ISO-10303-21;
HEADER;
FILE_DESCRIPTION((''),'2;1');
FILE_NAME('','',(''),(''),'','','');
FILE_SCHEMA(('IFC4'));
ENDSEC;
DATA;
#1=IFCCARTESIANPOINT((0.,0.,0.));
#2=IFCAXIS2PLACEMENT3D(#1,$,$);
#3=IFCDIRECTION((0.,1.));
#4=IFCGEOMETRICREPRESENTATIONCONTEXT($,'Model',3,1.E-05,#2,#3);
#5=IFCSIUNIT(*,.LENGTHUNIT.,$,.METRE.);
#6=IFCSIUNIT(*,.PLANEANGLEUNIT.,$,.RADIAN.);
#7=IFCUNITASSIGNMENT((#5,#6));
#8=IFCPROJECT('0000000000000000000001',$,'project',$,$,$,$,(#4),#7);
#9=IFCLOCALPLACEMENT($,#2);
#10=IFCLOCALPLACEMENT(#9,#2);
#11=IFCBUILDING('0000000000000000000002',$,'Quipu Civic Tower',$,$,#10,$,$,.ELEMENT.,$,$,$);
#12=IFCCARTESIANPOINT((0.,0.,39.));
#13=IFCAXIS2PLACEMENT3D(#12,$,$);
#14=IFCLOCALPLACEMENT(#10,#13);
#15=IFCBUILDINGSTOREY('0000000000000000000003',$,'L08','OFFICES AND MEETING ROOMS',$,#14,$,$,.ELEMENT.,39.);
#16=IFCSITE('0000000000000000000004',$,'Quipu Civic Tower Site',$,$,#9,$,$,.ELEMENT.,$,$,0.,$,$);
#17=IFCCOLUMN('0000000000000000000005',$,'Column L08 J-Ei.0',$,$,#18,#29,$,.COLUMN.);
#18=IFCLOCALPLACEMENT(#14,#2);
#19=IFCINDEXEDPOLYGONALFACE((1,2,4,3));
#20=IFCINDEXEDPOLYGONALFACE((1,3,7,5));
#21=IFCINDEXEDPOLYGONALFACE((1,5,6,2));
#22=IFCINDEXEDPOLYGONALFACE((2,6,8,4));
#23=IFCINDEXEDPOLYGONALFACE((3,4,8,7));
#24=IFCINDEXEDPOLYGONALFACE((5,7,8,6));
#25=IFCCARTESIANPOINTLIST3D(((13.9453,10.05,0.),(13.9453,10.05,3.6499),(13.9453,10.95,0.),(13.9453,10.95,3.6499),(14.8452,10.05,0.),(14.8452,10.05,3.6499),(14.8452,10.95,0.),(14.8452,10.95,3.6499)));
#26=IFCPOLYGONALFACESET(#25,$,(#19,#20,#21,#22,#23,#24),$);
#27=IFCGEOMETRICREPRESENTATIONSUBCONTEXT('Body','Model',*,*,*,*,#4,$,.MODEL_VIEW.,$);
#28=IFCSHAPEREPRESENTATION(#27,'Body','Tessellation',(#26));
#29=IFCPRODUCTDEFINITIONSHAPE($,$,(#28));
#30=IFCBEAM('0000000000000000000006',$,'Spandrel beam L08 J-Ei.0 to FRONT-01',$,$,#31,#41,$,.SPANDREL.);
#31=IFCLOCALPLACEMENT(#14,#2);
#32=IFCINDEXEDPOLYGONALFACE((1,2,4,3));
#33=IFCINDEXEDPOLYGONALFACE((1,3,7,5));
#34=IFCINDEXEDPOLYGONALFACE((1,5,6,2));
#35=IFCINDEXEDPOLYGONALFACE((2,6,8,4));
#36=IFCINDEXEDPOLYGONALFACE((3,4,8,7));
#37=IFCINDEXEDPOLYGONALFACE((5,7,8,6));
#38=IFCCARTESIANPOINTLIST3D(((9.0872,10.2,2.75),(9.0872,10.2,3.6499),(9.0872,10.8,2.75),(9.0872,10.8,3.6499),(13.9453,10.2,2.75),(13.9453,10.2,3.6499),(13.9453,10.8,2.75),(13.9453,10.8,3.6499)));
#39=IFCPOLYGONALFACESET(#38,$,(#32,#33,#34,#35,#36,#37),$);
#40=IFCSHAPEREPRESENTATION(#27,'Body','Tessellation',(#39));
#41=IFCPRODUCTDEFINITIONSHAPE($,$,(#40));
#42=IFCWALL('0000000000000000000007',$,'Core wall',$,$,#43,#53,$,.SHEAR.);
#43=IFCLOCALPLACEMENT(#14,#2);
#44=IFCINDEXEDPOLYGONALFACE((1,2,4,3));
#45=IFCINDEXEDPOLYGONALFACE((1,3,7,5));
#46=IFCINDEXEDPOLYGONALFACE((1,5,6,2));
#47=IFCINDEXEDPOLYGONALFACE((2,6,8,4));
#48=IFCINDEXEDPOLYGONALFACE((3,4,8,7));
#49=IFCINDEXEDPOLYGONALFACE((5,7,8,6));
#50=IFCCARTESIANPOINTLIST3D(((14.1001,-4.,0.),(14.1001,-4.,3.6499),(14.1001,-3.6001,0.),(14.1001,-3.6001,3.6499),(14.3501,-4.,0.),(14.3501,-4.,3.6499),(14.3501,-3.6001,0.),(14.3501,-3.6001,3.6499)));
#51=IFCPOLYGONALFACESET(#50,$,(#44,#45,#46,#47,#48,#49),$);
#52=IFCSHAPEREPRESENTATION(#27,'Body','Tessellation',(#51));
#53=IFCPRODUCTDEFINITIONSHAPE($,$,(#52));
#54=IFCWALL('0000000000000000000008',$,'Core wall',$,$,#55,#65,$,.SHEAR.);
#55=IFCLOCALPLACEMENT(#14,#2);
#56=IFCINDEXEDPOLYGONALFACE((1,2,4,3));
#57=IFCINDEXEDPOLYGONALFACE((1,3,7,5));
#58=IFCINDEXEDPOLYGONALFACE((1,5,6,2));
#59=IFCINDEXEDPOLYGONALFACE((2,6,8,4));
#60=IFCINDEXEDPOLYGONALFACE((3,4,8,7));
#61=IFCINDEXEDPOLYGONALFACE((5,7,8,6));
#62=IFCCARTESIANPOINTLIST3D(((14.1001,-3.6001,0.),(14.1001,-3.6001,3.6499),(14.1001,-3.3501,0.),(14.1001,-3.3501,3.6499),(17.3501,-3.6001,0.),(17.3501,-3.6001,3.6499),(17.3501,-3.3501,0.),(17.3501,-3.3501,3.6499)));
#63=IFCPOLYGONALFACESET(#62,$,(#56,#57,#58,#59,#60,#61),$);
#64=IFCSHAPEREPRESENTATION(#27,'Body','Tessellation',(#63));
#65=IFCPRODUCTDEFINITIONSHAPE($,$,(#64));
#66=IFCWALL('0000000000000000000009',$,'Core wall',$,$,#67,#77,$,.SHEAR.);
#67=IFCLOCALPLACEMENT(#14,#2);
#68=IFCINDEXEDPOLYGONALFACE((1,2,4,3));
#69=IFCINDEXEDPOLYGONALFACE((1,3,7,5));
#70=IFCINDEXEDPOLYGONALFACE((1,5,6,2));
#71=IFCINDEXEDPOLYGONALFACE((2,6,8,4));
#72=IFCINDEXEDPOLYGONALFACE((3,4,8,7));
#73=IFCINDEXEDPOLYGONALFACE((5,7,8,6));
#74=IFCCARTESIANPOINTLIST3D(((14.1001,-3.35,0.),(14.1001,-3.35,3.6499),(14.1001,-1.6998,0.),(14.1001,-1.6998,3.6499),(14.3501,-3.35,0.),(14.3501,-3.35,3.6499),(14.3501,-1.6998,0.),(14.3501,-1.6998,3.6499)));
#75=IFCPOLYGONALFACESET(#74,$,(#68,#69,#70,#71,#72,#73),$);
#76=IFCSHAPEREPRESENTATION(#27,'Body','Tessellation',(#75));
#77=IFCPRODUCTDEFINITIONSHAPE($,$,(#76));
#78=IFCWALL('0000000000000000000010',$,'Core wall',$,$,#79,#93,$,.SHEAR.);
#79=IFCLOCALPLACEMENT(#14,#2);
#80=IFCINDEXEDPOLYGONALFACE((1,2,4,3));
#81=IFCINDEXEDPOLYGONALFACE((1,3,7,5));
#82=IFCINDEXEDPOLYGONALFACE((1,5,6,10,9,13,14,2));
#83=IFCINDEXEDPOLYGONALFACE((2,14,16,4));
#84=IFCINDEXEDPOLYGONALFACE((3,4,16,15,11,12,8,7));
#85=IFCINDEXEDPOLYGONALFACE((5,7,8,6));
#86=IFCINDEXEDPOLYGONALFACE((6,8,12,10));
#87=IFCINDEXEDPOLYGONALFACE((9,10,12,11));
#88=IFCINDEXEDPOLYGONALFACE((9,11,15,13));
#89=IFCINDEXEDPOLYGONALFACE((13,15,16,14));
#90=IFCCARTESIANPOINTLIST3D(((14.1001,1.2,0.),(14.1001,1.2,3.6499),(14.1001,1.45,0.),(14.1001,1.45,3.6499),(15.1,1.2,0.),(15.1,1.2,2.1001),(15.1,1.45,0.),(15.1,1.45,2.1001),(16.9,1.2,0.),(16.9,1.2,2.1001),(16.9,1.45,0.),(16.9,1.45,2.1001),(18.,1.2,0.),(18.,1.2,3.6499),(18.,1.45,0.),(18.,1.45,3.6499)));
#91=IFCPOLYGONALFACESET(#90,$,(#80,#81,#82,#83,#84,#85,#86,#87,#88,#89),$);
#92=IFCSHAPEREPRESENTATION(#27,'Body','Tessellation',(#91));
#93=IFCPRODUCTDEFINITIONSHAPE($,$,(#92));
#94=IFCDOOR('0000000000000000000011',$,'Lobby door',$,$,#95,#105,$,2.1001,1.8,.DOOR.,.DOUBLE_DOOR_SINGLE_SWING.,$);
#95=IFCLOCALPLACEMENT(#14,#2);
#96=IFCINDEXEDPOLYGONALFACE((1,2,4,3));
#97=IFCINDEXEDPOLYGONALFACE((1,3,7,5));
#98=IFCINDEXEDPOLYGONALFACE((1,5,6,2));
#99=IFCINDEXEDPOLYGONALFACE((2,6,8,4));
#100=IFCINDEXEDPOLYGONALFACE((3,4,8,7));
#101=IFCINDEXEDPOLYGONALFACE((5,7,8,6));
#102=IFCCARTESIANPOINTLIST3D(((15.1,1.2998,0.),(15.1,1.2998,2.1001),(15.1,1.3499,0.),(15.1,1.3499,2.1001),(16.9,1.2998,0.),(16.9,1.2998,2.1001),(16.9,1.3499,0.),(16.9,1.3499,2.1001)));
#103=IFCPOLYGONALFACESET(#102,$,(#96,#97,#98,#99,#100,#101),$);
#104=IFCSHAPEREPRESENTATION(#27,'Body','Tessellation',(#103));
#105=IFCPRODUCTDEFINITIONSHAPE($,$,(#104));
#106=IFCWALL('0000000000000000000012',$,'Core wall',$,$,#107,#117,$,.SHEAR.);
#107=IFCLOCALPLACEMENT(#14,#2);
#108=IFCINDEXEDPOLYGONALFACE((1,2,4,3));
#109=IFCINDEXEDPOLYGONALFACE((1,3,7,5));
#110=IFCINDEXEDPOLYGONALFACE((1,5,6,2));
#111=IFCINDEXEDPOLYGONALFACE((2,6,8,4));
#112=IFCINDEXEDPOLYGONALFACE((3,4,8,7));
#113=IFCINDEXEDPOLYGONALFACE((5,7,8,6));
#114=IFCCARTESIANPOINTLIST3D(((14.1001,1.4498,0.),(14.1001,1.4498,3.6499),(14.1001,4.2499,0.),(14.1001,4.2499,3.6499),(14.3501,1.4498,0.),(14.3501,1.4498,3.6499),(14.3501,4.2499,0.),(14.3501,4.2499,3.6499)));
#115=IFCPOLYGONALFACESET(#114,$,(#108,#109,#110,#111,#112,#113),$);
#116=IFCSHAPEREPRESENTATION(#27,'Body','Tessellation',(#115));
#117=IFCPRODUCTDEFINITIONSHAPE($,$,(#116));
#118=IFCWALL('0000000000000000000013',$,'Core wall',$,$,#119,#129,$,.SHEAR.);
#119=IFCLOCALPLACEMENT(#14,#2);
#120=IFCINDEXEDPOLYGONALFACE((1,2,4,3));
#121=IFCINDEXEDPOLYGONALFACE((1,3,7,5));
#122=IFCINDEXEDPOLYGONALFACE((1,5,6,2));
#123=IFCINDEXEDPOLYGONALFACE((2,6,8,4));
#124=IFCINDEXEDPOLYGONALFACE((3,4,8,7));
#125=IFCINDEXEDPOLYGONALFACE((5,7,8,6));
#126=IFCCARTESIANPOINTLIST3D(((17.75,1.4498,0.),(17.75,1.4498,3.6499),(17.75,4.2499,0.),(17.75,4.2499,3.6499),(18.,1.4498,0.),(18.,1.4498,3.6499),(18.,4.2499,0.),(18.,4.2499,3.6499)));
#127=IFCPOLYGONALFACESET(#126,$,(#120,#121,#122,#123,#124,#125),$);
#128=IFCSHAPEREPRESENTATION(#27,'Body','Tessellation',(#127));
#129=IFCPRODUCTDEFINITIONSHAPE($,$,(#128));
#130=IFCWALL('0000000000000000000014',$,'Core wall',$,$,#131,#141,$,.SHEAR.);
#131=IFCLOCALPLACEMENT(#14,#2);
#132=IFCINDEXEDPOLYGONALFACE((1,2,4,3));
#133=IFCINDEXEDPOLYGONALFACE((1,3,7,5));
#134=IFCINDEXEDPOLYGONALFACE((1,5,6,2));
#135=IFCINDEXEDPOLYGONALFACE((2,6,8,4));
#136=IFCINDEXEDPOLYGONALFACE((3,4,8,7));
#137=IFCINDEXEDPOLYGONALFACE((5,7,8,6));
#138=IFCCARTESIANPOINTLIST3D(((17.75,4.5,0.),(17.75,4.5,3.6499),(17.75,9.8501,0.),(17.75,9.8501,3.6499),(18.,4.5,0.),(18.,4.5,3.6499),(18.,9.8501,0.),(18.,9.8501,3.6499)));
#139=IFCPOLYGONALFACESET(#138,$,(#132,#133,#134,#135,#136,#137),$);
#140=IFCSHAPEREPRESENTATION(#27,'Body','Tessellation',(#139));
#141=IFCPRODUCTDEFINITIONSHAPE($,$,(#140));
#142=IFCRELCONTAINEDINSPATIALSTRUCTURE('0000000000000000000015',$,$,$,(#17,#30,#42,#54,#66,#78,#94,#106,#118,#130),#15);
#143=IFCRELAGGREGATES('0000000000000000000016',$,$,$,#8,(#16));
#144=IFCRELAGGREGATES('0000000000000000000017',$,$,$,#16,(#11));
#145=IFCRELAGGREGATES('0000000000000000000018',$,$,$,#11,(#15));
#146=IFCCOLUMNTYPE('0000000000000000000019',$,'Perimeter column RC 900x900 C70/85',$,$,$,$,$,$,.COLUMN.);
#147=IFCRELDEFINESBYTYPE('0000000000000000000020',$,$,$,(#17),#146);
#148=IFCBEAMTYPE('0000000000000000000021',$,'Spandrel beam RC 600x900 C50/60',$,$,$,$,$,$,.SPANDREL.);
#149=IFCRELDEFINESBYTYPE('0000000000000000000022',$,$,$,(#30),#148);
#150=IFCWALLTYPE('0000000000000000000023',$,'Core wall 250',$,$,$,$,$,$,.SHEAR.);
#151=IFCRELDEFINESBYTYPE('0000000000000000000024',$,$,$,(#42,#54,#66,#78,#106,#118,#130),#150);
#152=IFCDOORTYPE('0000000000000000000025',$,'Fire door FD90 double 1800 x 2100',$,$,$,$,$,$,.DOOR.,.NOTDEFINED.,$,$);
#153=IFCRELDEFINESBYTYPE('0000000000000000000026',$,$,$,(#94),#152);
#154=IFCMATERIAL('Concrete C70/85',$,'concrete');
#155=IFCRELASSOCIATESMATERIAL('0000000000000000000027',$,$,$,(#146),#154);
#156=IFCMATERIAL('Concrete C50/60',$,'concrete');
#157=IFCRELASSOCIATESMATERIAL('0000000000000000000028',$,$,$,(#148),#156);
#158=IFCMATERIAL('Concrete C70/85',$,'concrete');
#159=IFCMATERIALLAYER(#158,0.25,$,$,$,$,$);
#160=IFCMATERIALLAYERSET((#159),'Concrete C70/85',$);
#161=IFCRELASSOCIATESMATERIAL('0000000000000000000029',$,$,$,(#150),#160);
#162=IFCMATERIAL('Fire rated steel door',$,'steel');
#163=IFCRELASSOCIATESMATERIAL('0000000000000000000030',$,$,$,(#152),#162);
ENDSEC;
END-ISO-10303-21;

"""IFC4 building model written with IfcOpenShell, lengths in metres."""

from ifc_helpers import new_model, si_unit, direction, frame, frame_2d, origin, origin_2d, place, context, subcontext, project, spatial, rectangle, extrude, material, layer, layer_set, material_profile, profile_set, type_object, element, fill, save


model = new_model("IFC4")

# Units and contexts
model_context = context("Model", 3, precision=1e-05, world=origin(), true_north=direction((0.0, 1.0)))
body_context = subcontext(model_context, "Body", "Model", "MODEL_VIEW")
ifc_project = project(units=[si_unit("LENGTHUNIT", "METRE"), si_unit("PLANEANGLEUNIT", "RADIAN")], contexts=[model_context])

# Site, building, storey
site_placement = place(None, origin())
site = spatial("IfcSite", under=ifc_project, at=site_placement, Name="Quipu Civic Tower Site", CompositionType="ELEMENT", RefElevation=0.0)
building_placement = place(site_placement, origin())
building = spatial("IfcBuilding", under=site, at=building_placement, Name="Quipu Civic Tower", CompositionType="ELEMENT")
storey_placement = place(building_placement, frame((0.0, 0.0, 39.0)))
storey = spatial("IfcBuildingStorey", under=building, at=storey_placement, Name="L08", Description="OFFICES AND MEETING ROOMS", CompositionType="ELEMENT", Elevation=39.0)

# Column
ifc_material_1 = material(Name="Concrete C70/85", Category="concrete")
ifc_material_profile_1 = material_profile(ifc_material_1, rectangle(XDim=0.8999, YDim=0.8999, at=origin_2d()), Name="RC900x900")
ifc_profile_set_1 = profile_set([ifc_material_profile_1], Name="Concrete C70/85")
column_type = type_object("IfcColumnType", Name="Perimeter column RC 900x900 C70/85", PredefinedType="COLUMN", material=ifc_profile_set_1)
column_placement = place(storey_placement, frame((14.3953, 10.5, 0.0), z_axis=(0.0, 0.0, 1.0), x_axis=(-1.0, 0.0, 0.0)))
element("IfcColumn", 1, at=column_placement, inside=storey, type_object=column_type, Name="Column L08 J-Ei.0", PredefinedType="COLUMN", context=body_context, shape_type="SweptSolid", body=[
    extrude(rectangle(XDim=0.8999, YDim=0.8999, at=origin_2d()), origin(), (0.0, 0.0, 1.0), 3.6499),
])

# Beam
ifc_material_2 = material(Name="Concrete C50/60", Category="concrete")
ifc_material_profile_2 = material_profile(ifc_material_2, rectangle(XDim=0.6001, YDim=0.8999, at=origin_2d()), Name="RC600x900")
ifc_profile_set_2 = profile_set([ifc_material_profile_2], Name="Concrete C50/60")
beam_type = type_object("IfcBeamType", Name="Spandrel beam RC 600x900 C50/60", PredefinedType="SPANDREL", material=ifc_profile_set_2)
beam_placement = place(storey_placement, frame((13.9453, 10.5, 3.2), z_axis=(-1.0, 0.0, 0.0), x_axis=(0.0, -1.0, 0.0)))
element("IfcBeam", 2, at=beam_placement, inside=storey, type_object=beam_type, Name="Spandrel beam L08 J-Ei.0 to FRONT-01", PredefinedType="SPANDREL", context=body_context, shape_type="SweptSolid", body=[
    extrude(rectangle(XDim=0.6001, YDim=0.8999, at=origin_2d()), origin(), (0.0, 0.0, 1.0), 4.8582),
])

# Walls
ifc_material_3 = material(Name="Concrete C70/85", Category="concrete")
ifc_layer_1 = layer(ifc_material_3, 0.25)
ifc_layer_set_1 = layer_set([ifc_layer_1], Name="Concrete C70/85")
wall_type_1 = type_object("IfcWallType", Name="Core wall 250", PredefinedType="SHEAR", material=ifc_layer_set_1)
wall_1_placement = place(storey_placement, frame((14.2251, -4.0, 0.0), z_axis=(0.0, 0.0, 1.0), x_axis=(0.0, 1.0, 0.0)))
element("IfcWall", 3, at=wall_1_placement, inside=storey, type_object=wall_type_1, Name="Core wall", PredefinedType="SHEAR", context=body_context, shape_type="SweptSolid", body=[
    extrude(rectangle(XDim=0.3999, YDim=0.25, at=frame_2d((0.2, 0.0))), origin(), (0.0, 0.0, 1.0), 3.6499),
])
wall_2_placement = place(storey_placement, frame((14.1001, -3.4751, 0.0), z_axis=(0.0, 0.0, 1.0), x_axis=(1.0, 0.0, 0.0)))
element("IfcWall", 4, at=wall_2_placement, inside=storey, type_object=wall_type_1, Name="Core wall", PredefinedType="SHEAR", context=body_context, shape_type="SweptSolid", body=[
    extrude(rectangle(XDim=3.25, YDim=0.25, at=frame_2d((1.625, 0.0))), origin(), (0.0, 0.0, 1.0), 3.6499),
])
wall_3_placement = place(storey_placement, frame((14.2251, -3.3501, 0.0), z_axis=(0.0, 0.0, 1.0), x_axis=(0.0, 1.0, 0.0)))
element("IfcWall", 5, at=wall_3_placement, inside=storey, type_object=wall_type_1, Name="Core wall", PredefinedType="SHEAR", context=body_context, shape_type="SweptSolid", body=[
    extrude(rectangle(XDim=1.6501, YDim=0.25, at=frame_2d((0.8252, 0.0))), origin(), (0.0, 0.0, 1.0), 3.6499),
])

# Wall, opening, door
wall_4_placement = place(storey_placement, frame((14.1001, 1.325, 0.0), z_axis=(0.0, 0.0, 1.0), x_axis=(1.0, 0.0, 0.0)))
wall_4 = element("IfcWall", 6, at=wall_4_placement, inside=storey, type_object=wall_type_1, Name="Core wall", PredefinedType="SHEAR", context=body_context, shape_type="SweptSolid", body=[
    extrude(rectangle(XDim=3.8999, YDim=0.25, at=frame_2d((1.95, 0.0))), origin(), (0.0, 0.0, 1.0), 3.6499),
])
opening_1_placement = place(wall_4_placement, frame((1.0, 0.0, 0.0)))
opening_1 = element("IfcOpeningElement", 7, at=opening_1_placement, cuts=wall_4, PredefinedType="OPENING", context=body_context, shape_type="SweptSolid", body=[
    extrude(rectangle(XDim=1.8, YDim=2.1001, at=frame_2d((0.8999, 1.05))), frame((0.0, 0.135, 0.0), z_axis=(0.0, -1.0, 0.0), x_axis=(1.0, 0.0, 0.0)), (0.0, 0.0, 1.0), 0.27),
])
ifc_material_4 = material(Name="Fire rated steel door", Category="steel")
door_type_1 = type_object("IfcDoorType", Name="Fire door FD90 double 1800 x 2100", OperationType="NOTDEFINED", PredefinedType="DOOR", material=ifc_material_4)
door_1_placement = place(opening_1_placement, origin())
door_1 = element("IfcDoor", 8, at=door_1_placement, inside=storey, type_object=door_type_1, Name="Lobby door", OperationType="DOUBLE_DOOR_SINGLE_SWING", OverallHeight=2.1001, OverallWidth=1.8, PredefinedType="DOOR", context=body_context, shape_type="SweptSolid", body=[
    extrude(rectangle(XDim=1.8, YDim=2.1001, at=frame_2d((0.8999, 1.05))), frame((0.0, 0.0249, 0.0), z_axis=(0.0, -1.0, 0.0), x_axis=(1.0, 0.0, 0.0)), (0.0, 0.0, 1.0), 0.05),
])
fill(opening_1, door_1)

# Walls
for number, where, z_axis, x_axis, name in (
    (9, (14.2251, 1.45, 0.0), (0.0, 0.0, 1.0), (0.0, 1.0, 0.0), "Core wall"),
    (10, (17.875, 1.45, 0.0), (0.0, 0.0, 1.0), (0.0, 1.0, 0.0), "Core wall"),
):
    element("IfcWall", number, at=place(storey_placement, frame(where, z_axis=z_axis, x_axis=x_axis)), inside=storey, type_object=wall_type_1, Name=name, PredefinedType="SHEAR", context=body_context, shape_type="SweptSolid", body=[
        extrude(rectangle(XDim=2.8, YDim=0.25, at=frame_2d((1.3999, 0.0))), origin(), (0.0, 0.0, 1.0), 3.6499),
    ])
wall_5_placement = place(storey_placement, frame((17.875, 4.5, 0.0), z_axis=(0.0, 0.0, 1.0), x_axis=(0.0, 1.0, 0.0)))
element("IfcWall", 11, at=wall_5_placement, inside=storey, type_object=wall_type_1, Name="Core wall", PredefinedType="SHEAR", context=body_context, shape_type="SweptSolid", body=[
    extrude(rectangle(XDim=5.3501, YDim=0.25, at=frame_2d((2.675, 0.0))), origin(), (0.0, 0.0, 1.0), 3.6499),
])

save(model, "model.ifc")
